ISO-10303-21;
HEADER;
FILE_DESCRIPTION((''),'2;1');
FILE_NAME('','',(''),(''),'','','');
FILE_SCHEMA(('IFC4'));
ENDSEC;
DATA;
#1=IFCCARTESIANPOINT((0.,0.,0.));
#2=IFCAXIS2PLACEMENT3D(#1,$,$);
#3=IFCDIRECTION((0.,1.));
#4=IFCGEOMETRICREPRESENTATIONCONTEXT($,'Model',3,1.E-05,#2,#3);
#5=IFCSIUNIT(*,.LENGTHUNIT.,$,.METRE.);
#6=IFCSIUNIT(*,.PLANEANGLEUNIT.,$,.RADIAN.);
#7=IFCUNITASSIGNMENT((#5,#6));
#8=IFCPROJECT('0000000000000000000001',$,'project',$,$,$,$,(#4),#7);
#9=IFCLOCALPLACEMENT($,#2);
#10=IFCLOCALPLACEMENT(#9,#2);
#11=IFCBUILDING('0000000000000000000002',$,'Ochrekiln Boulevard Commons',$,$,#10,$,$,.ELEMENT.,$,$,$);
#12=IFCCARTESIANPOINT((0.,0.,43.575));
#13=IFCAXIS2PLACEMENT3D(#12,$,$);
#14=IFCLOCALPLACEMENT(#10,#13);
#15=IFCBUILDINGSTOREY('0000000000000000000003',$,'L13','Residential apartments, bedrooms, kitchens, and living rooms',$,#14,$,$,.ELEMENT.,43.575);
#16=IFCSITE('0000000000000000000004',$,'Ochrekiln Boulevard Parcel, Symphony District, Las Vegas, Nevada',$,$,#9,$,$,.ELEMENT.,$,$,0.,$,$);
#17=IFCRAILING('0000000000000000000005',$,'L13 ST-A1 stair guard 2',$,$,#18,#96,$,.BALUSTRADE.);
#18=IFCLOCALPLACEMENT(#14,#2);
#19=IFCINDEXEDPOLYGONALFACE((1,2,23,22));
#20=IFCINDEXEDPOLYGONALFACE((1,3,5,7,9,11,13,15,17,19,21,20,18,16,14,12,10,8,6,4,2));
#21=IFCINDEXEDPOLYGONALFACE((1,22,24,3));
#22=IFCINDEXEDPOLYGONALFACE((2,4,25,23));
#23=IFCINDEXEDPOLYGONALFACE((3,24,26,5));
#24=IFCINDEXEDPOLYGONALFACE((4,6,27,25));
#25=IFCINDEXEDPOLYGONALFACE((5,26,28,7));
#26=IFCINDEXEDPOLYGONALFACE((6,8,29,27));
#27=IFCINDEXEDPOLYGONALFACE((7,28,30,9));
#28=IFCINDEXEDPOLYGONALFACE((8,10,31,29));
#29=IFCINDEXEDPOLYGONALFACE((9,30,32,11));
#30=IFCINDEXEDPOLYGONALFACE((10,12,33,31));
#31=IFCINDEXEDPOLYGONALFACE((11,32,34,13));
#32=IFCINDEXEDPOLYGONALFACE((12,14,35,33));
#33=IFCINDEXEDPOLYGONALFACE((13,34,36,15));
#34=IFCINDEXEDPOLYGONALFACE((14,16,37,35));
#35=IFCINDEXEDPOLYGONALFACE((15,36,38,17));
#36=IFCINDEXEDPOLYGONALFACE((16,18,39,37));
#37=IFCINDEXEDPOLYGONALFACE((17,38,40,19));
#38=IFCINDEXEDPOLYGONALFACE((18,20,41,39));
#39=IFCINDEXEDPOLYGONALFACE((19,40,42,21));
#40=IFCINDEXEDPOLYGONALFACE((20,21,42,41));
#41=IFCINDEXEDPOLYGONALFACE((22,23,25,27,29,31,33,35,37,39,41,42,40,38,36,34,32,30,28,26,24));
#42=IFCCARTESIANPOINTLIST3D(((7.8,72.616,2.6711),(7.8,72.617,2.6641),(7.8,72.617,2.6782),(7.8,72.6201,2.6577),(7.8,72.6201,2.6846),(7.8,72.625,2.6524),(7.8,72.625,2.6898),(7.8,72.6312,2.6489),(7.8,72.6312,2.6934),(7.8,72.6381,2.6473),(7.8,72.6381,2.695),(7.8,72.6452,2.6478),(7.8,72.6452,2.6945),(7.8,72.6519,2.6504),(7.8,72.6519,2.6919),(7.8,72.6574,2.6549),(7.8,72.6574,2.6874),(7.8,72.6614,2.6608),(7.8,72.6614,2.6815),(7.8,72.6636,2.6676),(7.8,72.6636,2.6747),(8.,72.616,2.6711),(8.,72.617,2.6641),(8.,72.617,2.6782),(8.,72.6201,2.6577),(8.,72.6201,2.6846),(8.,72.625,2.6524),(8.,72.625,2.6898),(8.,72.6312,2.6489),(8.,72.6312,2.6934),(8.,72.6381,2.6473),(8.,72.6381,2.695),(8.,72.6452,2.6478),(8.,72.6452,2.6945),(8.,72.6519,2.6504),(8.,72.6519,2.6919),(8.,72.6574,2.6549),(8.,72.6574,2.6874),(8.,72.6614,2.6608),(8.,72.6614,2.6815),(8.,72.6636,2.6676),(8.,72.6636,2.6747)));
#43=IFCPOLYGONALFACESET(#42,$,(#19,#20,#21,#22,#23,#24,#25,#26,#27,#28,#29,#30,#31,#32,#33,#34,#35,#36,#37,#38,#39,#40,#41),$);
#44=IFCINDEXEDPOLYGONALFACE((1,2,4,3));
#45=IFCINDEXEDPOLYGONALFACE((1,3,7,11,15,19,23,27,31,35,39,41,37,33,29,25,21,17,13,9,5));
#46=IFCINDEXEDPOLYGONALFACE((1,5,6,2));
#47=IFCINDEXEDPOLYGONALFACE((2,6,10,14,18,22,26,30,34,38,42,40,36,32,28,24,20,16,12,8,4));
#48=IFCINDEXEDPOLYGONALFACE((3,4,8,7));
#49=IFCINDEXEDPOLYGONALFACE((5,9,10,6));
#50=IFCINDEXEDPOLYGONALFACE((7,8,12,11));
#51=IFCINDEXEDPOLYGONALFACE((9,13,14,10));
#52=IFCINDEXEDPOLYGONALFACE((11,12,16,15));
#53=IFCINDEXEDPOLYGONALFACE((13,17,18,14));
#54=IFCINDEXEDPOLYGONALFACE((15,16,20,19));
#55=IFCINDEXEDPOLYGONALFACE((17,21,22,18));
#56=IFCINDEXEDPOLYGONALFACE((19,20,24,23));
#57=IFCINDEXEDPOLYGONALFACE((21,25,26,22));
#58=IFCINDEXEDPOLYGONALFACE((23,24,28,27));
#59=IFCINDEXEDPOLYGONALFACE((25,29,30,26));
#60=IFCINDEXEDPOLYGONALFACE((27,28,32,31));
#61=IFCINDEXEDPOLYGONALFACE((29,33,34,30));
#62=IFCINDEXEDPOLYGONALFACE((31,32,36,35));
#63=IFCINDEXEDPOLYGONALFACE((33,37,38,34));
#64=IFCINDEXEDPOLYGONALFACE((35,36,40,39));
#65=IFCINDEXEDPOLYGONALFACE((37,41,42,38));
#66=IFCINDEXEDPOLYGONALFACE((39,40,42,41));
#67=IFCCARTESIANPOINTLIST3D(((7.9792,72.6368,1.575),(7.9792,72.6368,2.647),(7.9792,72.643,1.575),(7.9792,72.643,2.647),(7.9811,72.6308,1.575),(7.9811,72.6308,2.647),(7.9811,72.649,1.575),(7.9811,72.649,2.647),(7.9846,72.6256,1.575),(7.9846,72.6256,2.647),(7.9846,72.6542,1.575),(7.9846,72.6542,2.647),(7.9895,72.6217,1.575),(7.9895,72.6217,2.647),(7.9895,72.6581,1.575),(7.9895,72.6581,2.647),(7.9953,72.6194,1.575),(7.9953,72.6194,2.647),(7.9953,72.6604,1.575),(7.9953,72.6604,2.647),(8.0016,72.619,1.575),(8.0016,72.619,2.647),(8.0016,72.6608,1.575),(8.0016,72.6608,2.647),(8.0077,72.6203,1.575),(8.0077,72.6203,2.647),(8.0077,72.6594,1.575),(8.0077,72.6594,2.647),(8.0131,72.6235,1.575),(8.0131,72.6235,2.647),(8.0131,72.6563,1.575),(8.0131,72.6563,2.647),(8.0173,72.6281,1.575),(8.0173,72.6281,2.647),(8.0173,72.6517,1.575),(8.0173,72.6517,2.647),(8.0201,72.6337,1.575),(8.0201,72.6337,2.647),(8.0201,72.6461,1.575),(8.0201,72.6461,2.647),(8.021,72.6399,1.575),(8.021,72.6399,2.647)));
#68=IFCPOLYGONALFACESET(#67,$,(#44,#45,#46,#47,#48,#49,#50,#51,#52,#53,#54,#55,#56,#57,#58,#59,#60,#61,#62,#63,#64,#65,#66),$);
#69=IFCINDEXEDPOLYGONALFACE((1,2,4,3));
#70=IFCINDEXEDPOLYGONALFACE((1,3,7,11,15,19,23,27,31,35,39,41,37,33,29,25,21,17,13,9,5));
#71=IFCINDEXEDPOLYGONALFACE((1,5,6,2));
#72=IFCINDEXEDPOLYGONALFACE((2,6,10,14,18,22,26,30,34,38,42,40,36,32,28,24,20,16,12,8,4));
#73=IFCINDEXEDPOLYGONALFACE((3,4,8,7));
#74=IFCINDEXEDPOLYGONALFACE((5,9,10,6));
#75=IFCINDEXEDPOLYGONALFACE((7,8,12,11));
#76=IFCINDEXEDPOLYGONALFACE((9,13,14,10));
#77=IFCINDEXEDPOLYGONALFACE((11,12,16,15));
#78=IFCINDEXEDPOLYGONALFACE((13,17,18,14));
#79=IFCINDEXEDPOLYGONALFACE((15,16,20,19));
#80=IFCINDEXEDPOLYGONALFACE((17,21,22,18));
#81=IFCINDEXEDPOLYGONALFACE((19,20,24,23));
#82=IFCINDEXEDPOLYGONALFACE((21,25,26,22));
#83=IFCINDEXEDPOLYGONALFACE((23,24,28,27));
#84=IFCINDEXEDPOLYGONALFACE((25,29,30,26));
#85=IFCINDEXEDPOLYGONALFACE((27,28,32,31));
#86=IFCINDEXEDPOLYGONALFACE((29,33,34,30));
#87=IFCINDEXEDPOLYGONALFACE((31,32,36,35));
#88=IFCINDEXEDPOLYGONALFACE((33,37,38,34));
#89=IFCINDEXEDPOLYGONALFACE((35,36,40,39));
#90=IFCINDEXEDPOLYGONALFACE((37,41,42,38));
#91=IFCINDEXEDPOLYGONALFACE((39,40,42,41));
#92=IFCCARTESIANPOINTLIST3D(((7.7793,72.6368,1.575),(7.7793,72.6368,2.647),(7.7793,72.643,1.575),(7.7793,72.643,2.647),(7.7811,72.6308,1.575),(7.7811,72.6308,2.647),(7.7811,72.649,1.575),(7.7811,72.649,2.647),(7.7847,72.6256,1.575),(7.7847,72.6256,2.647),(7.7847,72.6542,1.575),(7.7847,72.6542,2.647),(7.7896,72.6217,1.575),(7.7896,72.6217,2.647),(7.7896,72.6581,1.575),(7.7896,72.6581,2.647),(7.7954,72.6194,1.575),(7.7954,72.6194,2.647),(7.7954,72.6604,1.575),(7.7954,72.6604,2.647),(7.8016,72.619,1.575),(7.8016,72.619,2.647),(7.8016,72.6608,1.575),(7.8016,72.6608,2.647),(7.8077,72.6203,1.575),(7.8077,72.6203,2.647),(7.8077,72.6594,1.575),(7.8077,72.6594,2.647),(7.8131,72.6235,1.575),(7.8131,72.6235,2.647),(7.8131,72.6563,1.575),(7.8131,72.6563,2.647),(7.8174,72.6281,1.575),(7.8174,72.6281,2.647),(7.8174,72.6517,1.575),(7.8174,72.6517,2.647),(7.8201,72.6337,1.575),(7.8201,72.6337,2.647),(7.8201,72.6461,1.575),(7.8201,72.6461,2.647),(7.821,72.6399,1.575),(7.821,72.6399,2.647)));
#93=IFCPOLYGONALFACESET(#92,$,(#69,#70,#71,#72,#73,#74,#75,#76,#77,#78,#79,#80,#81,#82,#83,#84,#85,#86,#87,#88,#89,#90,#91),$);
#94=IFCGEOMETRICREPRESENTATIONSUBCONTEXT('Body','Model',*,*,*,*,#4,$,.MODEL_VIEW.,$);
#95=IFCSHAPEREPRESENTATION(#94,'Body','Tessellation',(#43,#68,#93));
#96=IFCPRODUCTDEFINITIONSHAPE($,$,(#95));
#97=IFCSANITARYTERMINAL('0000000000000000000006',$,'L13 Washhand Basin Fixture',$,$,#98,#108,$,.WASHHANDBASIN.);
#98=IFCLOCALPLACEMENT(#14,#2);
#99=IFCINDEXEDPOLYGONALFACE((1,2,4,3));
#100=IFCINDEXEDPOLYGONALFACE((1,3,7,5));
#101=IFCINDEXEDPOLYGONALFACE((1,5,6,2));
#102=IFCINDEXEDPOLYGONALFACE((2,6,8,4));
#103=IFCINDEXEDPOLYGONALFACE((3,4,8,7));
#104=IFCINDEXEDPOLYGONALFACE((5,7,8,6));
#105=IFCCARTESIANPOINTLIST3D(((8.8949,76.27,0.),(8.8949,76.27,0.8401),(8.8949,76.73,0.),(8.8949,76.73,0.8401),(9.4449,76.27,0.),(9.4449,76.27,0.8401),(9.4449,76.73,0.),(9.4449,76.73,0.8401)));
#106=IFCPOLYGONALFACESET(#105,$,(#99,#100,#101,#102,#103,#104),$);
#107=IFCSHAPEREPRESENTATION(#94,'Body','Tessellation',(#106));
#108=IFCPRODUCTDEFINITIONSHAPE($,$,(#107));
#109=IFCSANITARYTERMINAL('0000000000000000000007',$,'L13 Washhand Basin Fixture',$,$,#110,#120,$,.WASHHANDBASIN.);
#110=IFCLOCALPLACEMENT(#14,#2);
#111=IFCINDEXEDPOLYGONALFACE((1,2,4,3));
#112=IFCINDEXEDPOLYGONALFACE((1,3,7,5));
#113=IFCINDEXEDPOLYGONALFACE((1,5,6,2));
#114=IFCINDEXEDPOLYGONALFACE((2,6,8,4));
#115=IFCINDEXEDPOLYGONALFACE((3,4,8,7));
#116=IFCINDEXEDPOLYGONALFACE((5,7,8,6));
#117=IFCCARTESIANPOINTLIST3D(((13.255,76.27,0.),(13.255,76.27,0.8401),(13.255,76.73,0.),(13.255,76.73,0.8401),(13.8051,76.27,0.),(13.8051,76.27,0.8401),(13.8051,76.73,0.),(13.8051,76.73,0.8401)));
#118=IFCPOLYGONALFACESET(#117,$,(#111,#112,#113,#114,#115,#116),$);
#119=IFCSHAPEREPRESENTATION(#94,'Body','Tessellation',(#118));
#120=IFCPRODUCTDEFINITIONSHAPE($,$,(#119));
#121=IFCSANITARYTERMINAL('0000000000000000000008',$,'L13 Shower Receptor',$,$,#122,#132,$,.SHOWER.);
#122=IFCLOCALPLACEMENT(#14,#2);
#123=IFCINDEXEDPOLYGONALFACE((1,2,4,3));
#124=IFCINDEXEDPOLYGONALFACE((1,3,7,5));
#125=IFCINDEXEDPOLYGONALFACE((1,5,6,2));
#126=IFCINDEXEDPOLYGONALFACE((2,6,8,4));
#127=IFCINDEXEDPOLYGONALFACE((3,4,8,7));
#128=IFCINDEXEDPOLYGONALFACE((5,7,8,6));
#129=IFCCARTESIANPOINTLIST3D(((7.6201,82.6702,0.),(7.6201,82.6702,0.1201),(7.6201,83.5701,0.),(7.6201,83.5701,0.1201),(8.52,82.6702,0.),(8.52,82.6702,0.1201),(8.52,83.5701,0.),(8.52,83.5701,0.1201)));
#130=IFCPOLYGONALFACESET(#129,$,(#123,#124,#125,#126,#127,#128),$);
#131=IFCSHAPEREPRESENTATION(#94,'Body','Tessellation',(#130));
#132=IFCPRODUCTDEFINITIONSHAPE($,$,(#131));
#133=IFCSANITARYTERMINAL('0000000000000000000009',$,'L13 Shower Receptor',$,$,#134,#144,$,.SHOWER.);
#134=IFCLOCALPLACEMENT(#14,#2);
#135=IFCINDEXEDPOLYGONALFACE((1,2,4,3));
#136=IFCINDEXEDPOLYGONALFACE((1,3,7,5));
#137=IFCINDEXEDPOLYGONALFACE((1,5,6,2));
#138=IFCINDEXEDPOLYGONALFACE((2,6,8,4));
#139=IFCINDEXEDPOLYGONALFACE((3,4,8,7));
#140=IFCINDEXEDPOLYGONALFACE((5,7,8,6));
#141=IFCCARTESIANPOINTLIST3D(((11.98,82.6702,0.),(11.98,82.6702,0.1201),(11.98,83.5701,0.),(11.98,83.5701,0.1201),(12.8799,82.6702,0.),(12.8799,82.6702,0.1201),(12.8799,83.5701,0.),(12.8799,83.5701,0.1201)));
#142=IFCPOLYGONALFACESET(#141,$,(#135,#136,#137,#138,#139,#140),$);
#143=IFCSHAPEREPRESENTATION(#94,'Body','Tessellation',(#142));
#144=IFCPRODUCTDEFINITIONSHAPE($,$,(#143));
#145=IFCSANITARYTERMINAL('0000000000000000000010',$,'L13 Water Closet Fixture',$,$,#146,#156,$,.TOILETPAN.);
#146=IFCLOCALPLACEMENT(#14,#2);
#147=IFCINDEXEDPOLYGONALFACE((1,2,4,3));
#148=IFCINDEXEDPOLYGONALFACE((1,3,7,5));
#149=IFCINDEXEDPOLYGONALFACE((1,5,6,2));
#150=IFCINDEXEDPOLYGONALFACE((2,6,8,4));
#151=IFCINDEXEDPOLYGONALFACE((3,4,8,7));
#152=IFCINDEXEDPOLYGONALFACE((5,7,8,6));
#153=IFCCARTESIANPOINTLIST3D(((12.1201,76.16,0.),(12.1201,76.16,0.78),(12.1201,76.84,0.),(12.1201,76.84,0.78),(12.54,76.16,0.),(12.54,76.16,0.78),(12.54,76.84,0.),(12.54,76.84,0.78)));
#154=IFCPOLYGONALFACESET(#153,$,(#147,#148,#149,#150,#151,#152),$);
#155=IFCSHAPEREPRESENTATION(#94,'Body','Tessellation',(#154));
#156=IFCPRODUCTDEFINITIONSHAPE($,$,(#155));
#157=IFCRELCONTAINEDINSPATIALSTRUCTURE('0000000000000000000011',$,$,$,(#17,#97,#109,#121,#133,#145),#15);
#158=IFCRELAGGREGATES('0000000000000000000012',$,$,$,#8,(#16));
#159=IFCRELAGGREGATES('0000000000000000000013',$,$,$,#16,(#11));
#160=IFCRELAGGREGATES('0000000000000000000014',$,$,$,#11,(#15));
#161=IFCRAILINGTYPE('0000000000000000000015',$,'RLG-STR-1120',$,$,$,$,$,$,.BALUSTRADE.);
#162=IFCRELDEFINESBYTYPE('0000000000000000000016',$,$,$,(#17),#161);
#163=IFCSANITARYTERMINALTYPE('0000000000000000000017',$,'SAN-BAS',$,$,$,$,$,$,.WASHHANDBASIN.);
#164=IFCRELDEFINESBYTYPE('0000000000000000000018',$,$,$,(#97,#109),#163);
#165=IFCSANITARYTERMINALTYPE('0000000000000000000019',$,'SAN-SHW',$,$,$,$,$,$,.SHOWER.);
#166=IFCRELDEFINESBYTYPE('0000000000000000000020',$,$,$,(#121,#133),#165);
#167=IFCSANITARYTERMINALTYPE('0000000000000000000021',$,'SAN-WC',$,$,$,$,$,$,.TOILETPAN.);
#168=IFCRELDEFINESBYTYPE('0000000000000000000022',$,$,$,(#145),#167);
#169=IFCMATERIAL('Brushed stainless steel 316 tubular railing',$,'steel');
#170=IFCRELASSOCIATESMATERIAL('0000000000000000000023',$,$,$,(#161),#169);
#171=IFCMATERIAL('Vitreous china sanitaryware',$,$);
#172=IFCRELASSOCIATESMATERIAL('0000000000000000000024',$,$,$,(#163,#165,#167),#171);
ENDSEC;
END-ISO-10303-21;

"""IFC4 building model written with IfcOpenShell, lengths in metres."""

from ifc_helpers import new_model, si_unit, direction, frame, origin, origin_2d, place, context, subcontext, project, spatial, rectangle, circle, extrude, material, type_object, element, save


model = new_model("IFC4")

# Units and contexts
model_context = context("Model", 3, precision=1e-05, world=origin(), true_north=direction((0.0, 1.0)))
body_context = subcontext(model_context, "Body", "Model", "MODEL_VIEW")
ifc_project = project(units=[si_unit("LENGTHUNIT", "METRE"), si_unit("PLANEANGLEUNIT", "RADIAN")], contexts=[model_context])

# Site, building, storey
site_placement = place(None, origin())
site = spatial("IfcSite", under=ifc_project, at=site_placement, Name="Ochrekiln Boulevard Parcel, Symphony District, Las Vegas, Nevada", CompositionType="ELEMENT", RefElevation=0.0)
building_placement = place(site_placement, origin())
building = spatial("IfcBuilding", under=site, at=building_placement, Name="Ochrekiln Boulevard Commons", CompositionType="ELEMENT")
storey_placement = place(building_placement, frame((0.0, 0.0, 43.575)))
storey = spatial("IfcBuildingStorey", under=building, at=storey_placement, Name="L13", Description="Residential apartments, bedrooms, kitchens, and living rooms", CompositionType="ELEMENT", Elevation=43.575)

# Railing
ifc_material_1 = material(Name="Brushed stainless steel 316 tubular railing", Category="steel")
railing_type_1 = type_object("IfcRailingType", Name="RLG-STR-1120", PredefinedType="BALUSTRADE", material=ifc_material_1)
railing_1_placement = place(storey_placement, frame((8.0, 72.6399, 1.575)))
element("IfcRailing", 1, at=railing_1_placement, inside=storey, type_object=railing_type_1, Name="L13 ST-A1 stair guard 2", PredefinedType="BALUSTRADE", context=body_context, shape_type="SweptSolid", body=[
    extrude(circle(Radius=0.0239, at=origin_2d()), frame((0.0, 0.0, 1.0962), z_axis=(-1.0, 0.0, 0.0), x_axis=(0.0, -1.0, 0.0)), (0.0, 0.0, 1.0), 0.2),
    extrude(circle(Radius=0.021, at=origin_2d()), origin(), (0.0, 0.0, 1.0), 1.072),
    extrude(circle(Radius=0.021, at=origin_2d()), frame((-0.2, 0.0, 0.0)), (0.0, 0.0, 1.0), 1.072),
])

# Sanitary terminals
ifc_material_2 = material(Name="Vitreous china sanitaryware")
sanitary_terminal_type_1 = type_object("IfcSanitaryTerminalType", Name="SAN-BAS", PredefinedType="WASHHANDBASIN", material=ifc_material_2)
for number, where, z_axis, x_axis, name in (
    (2, (9.1699, 76.5, 0.0), (0.0, 0.0, 1.0), (1.0, 0.0, 0.0), "L13 Washhand Basin Fixture"),
    (3, (13.53, 76.5, 0.0), (0.0, 0.0, 1.0), (1.0, 0.0, 0.0), "L13 Washhand Basin Fixture"),
):
    element("IfcSanitaryTerminal", number, at=place(storey_placement, frame(where, z_axis=z_axis, x_axis=x_axis)), inside=storey, type_object=sanitary_terminal_type_1, Name=name, PredefinedType="WASHHANDBASIN", context=body_context, shape_type="SweptSolid", body=[
        extrude(rectangle(XDim=0.55, YDim=0.46, at=origin_2d()), origin(), (0.0, 0.0, 1.0), 0.8401),
    ])
sanitary_terminal_type_2 = type_object("IfcSanitaryTerminalType", Name="SAN-SHW", PredefinedType="SHOWER", material=ifc_material_2)
for number, where, z_axis, x_axis, name in (
    (4, (8.0701, 83.1201, 0.0), (0.0, 0.0, 1.0), (1.0, 0.0, 0.0), "L13 Shower Receptor"),
    (5, (12.4299, 83.1201, 0.0), (0.0, 0.0, 1.0), (1.0, 0.0, 0.0), "L13 Shower Receptor"),
):
    element("IfcSanitaryTerminal", number, at=place(storey_placement, frame(where, z_axis=z_axis, x_axis=x_axis)), inside=storey, type_object=sanitary_terminal_type_2, Name=name, PredefinedType="SHOWER", context=body_context, shape_type="SweptSolid", body=[
        extrude(rectangle(XDim=0.8999, YDim=0.8999, at=origin_2d()), origin(), (0.0, 0.0, 1.0), 0.1201),
    ])
sanitary_terminal_type_3 = type_object("IfcSanitaryTerminalType", Name="SAN-WC", PredefinedType="TOILETPAN", material=ifc_material_2)
sanitary_terminal_placement = place(storey_placement, frame((12.3301, 76.5, 0.0), z_axis=(0.0, 0.0, 1.0), x_axis=(1.0, 0.0, 0.0)))
element("IfcSanitaryTerminal", 6, at=sanitary_terminal_placement, inside=storey, type_object=sanitary_terminal_type_3, Name="L13 Water Closet Fixture", PredefinedType="TOILETPAN", context=body_context, shape_type="SweptSolid", body=[
    extrude(rectangle(XDim=0.4199, YDim=0.6799, at=origin_2d()), origin(), (0.0, 0.0, 1.0), 0.78),
])

save(model, "model.ifc")
